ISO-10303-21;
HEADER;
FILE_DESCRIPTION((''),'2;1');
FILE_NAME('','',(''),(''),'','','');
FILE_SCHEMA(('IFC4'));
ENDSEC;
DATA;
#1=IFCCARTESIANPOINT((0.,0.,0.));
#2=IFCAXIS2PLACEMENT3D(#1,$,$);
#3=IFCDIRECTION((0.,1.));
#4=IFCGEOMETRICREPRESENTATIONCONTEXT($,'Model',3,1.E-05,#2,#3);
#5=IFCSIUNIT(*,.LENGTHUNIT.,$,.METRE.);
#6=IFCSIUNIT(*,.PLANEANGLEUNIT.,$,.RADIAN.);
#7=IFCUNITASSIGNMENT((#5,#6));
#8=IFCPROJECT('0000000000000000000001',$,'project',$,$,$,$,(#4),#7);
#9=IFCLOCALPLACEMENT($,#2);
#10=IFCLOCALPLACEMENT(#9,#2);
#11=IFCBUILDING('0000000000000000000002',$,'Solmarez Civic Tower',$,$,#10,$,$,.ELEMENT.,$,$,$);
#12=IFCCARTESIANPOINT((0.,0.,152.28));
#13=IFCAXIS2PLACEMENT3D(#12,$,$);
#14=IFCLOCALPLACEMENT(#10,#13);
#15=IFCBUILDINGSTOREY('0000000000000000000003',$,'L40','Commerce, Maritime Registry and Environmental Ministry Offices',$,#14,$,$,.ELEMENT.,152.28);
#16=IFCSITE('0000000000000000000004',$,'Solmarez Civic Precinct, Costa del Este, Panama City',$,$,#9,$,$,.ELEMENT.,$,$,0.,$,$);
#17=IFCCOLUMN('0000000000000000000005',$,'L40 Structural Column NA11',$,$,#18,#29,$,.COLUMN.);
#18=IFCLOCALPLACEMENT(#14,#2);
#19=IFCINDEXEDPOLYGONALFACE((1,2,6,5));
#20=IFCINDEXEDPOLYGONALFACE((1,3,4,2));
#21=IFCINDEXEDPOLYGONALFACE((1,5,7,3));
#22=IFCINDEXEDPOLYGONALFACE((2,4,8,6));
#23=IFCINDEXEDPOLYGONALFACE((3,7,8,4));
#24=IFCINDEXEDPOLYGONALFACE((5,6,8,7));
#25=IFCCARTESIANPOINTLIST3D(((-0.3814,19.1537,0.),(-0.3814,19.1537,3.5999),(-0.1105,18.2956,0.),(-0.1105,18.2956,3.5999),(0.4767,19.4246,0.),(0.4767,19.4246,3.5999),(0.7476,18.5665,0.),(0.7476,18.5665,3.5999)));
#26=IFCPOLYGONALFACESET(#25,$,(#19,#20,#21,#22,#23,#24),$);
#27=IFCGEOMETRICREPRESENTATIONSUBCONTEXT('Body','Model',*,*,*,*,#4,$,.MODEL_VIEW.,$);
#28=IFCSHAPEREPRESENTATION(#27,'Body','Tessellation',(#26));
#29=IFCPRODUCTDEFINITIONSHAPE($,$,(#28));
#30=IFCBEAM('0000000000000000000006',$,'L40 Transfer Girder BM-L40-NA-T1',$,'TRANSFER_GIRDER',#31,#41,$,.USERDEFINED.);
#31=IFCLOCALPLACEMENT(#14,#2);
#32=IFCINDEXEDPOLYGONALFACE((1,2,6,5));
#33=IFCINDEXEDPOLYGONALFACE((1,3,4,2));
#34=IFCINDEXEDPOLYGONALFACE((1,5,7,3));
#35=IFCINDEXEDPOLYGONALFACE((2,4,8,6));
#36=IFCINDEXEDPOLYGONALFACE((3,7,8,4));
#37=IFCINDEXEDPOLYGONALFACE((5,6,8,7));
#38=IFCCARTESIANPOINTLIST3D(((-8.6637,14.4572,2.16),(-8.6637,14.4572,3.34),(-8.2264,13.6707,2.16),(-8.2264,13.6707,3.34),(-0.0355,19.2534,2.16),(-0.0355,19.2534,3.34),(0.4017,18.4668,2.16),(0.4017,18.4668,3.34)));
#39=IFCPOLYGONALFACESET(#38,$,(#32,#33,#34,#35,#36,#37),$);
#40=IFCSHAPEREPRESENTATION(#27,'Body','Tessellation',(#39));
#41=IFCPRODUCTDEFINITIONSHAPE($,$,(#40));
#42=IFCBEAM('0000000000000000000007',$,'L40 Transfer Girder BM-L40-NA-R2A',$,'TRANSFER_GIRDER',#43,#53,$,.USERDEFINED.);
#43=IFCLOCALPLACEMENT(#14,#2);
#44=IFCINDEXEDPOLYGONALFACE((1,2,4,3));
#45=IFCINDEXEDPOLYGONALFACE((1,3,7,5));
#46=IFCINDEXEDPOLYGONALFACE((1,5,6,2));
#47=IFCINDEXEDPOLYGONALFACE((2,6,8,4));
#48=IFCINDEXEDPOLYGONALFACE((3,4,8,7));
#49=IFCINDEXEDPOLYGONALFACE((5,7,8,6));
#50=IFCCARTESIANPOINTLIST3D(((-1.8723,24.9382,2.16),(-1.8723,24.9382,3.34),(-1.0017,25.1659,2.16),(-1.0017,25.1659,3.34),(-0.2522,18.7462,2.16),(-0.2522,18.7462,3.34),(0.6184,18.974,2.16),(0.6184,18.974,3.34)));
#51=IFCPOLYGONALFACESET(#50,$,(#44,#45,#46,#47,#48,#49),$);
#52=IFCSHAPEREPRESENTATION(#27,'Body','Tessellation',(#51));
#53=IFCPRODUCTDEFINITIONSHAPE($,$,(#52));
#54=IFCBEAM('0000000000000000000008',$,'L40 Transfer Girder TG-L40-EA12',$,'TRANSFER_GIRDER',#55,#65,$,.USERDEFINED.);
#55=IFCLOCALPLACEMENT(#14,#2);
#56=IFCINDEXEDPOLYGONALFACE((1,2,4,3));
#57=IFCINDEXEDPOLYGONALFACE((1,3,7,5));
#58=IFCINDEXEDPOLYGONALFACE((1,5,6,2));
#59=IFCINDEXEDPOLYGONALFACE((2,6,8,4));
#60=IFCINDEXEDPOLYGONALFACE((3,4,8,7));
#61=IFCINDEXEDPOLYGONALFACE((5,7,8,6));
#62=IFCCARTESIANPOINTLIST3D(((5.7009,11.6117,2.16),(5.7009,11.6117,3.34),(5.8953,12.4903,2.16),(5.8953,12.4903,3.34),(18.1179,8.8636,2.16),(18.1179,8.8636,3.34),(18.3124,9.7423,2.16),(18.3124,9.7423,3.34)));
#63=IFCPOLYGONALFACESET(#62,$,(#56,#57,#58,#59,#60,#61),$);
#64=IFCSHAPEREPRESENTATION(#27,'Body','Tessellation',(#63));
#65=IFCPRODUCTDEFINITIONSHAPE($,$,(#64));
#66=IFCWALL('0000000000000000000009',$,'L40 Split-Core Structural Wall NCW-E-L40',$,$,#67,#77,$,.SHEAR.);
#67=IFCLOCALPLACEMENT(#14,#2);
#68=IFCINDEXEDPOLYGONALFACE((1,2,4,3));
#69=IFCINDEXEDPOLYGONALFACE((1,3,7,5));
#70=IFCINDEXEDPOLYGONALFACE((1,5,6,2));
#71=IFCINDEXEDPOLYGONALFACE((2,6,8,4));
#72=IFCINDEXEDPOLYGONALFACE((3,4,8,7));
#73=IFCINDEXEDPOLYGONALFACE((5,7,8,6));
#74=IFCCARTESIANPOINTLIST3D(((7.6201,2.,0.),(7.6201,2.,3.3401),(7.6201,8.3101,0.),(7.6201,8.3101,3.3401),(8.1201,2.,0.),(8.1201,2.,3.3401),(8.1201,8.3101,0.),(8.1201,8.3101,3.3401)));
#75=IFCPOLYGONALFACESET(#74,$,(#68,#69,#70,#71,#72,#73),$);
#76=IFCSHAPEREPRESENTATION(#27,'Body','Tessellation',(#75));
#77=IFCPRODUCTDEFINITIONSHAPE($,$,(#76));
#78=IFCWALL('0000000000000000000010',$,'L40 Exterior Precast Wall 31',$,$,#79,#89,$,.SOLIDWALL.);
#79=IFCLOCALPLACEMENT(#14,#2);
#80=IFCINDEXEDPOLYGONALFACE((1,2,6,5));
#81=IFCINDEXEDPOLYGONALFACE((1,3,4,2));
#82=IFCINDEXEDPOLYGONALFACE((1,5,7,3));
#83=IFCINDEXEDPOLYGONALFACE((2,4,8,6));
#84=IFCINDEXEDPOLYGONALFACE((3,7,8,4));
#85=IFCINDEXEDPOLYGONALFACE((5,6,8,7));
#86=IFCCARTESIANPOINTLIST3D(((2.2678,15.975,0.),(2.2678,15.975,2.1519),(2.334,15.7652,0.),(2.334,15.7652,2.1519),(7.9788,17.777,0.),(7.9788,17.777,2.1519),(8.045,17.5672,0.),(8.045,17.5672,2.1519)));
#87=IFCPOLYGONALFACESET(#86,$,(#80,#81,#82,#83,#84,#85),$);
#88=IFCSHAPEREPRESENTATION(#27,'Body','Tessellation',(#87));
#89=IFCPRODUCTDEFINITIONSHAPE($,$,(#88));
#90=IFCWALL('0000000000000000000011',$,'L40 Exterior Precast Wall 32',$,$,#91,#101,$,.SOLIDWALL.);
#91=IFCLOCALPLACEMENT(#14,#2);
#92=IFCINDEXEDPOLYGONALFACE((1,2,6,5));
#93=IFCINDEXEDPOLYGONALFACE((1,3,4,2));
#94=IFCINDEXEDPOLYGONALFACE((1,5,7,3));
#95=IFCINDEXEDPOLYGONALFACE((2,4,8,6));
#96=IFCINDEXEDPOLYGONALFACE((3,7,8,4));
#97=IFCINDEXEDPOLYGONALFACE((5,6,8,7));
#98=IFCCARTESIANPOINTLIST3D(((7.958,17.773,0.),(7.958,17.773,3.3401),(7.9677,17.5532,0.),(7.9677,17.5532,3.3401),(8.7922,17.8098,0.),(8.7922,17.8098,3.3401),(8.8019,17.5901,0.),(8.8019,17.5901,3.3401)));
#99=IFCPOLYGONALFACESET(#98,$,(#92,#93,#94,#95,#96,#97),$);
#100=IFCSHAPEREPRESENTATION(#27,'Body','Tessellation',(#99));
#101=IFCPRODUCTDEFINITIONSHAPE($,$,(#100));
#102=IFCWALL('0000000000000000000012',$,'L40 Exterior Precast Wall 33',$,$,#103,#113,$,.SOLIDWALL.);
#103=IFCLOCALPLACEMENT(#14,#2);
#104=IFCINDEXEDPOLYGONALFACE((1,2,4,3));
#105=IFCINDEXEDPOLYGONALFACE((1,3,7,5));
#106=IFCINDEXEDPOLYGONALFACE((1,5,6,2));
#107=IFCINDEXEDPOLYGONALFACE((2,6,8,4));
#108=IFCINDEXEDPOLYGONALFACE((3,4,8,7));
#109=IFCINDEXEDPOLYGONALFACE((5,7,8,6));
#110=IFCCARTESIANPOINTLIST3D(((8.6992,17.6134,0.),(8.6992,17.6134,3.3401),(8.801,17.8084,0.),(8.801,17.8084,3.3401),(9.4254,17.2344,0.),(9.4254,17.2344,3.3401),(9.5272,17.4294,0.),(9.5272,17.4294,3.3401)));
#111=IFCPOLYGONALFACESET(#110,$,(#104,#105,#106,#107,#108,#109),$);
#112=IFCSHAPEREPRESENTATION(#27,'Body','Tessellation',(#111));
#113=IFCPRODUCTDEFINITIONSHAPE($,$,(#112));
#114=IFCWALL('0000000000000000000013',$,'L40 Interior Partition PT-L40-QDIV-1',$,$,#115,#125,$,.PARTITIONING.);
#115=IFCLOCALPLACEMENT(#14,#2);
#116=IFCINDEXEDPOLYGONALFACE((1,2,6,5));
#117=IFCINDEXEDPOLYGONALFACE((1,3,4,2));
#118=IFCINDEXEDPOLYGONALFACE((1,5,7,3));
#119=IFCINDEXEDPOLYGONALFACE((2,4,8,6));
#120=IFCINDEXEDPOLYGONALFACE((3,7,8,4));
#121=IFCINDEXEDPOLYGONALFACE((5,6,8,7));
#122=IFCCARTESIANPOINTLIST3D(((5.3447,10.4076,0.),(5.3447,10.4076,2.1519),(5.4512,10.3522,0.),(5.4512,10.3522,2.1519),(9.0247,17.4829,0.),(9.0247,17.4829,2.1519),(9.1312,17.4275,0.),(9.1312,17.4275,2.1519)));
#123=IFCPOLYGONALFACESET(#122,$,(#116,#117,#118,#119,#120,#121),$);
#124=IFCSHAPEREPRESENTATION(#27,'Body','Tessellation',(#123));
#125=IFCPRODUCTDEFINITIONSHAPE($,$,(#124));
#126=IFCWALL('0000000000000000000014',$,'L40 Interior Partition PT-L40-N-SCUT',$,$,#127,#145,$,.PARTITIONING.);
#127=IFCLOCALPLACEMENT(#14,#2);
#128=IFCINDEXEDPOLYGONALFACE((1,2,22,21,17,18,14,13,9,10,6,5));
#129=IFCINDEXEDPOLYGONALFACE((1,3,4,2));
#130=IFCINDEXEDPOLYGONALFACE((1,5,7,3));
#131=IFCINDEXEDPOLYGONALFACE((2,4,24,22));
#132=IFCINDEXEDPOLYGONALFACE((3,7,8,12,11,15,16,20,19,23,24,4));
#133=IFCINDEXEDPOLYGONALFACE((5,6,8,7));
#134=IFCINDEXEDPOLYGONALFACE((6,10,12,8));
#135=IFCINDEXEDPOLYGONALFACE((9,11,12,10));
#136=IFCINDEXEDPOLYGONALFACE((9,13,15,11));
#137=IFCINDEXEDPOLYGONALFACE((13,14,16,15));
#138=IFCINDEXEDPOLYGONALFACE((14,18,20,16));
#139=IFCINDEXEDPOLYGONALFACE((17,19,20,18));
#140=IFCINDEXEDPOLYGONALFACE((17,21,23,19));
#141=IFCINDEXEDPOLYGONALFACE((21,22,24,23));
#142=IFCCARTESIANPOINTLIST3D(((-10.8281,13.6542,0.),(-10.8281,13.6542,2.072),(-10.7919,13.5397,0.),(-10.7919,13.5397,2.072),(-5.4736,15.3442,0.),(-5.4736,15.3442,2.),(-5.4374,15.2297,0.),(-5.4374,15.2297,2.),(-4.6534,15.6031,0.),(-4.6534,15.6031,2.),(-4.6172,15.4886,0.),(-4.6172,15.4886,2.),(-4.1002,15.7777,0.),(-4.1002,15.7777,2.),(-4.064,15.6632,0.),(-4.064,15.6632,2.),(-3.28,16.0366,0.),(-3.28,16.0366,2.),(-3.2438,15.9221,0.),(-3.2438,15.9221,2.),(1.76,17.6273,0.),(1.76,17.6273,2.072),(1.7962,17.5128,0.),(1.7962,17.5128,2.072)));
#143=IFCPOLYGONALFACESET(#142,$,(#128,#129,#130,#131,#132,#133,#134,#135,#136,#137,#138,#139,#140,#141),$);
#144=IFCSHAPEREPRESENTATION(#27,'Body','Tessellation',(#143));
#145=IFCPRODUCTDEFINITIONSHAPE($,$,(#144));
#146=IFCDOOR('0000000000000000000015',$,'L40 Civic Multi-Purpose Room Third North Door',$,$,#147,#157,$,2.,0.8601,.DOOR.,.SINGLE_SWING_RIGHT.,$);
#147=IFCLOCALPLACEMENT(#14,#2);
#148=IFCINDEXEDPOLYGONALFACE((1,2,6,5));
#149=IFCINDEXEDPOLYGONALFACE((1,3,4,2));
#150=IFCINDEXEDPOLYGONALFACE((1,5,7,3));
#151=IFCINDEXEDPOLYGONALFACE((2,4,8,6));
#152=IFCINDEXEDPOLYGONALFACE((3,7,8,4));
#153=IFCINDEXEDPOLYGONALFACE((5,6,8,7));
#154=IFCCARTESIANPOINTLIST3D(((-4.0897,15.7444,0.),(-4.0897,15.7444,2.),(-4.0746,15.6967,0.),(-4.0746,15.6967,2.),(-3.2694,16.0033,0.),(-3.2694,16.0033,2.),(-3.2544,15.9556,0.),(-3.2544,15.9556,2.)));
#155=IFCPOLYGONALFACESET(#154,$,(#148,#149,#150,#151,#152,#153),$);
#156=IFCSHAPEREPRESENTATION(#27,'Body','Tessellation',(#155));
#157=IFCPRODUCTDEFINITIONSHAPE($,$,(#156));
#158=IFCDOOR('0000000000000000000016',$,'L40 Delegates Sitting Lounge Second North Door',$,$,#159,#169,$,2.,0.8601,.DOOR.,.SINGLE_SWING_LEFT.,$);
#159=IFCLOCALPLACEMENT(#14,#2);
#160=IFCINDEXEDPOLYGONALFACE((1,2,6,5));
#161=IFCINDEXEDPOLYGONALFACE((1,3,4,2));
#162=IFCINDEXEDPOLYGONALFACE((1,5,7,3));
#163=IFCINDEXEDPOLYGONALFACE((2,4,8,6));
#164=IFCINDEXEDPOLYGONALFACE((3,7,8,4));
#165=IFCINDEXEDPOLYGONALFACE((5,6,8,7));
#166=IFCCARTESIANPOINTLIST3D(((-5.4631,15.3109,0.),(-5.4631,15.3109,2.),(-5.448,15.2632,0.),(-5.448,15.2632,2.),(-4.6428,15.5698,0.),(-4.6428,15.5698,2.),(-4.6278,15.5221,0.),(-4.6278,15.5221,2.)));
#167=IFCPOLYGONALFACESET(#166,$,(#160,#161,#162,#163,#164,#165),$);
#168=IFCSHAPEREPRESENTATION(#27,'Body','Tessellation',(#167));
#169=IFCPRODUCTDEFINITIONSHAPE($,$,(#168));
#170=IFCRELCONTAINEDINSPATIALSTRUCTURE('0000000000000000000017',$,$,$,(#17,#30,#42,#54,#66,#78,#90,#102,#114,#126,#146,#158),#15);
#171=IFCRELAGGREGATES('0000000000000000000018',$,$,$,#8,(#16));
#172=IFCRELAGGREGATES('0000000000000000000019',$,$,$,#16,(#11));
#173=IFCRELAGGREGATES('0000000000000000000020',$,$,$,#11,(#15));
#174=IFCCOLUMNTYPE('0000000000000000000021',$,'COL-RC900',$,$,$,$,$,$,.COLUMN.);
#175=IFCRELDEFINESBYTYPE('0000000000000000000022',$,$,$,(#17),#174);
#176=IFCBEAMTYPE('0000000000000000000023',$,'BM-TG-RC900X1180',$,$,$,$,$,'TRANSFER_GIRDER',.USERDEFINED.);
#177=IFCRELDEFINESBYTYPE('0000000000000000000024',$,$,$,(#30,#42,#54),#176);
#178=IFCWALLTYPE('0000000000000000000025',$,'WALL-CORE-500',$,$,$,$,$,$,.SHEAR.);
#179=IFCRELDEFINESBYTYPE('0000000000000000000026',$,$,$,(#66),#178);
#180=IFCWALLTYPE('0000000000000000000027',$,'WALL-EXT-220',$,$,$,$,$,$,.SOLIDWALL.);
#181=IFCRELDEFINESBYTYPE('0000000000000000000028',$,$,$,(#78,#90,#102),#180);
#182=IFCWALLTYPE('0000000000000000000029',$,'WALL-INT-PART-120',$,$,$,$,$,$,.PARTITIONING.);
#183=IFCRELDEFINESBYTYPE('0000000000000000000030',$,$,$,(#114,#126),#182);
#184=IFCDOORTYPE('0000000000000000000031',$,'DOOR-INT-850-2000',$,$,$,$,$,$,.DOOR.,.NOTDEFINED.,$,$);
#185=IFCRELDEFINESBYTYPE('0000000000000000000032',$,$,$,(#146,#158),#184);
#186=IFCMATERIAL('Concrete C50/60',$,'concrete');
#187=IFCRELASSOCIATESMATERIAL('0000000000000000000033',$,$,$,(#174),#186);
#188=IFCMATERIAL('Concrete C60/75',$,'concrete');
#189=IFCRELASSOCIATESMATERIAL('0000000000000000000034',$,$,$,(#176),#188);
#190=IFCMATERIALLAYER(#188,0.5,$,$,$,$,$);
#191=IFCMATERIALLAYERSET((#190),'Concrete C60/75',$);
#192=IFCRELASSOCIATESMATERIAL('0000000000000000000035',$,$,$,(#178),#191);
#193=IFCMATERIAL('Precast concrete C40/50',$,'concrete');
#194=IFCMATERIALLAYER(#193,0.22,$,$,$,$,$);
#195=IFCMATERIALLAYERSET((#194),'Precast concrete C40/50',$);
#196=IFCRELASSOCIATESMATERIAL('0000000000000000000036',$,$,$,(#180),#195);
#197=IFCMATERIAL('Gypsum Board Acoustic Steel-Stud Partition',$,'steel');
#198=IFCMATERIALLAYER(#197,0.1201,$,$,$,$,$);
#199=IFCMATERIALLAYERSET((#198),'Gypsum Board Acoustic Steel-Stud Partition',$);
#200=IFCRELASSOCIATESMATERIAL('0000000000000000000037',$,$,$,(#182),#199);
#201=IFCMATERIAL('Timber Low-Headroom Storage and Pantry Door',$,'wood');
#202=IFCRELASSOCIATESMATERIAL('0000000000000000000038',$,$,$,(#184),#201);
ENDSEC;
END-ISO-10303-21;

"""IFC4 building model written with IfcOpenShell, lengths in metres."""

from ifc_helpers import new_model, si_unit, direction, frame, frame_2d, origin, origin_2d, place, context, subcontext, project, spatial, rectangle, extrude, material, layer, layer_set, material_profile, profile_set, type_object, element, fill, save


model = new_model("IFC4")

# Units and contexts
model_context = context("Model", 3, precision=1e-05, world=origin(), true_north=direction((0.0, 1.0)))
body_context = subcontext(model_context, "Body", "Model", "MODEL_VIEW")
ifc_project = project(units=[si_unit("LENGTHUNIT", "METRE"), si_unit("PLANEANGLEUNIT", "RADIAN")], contexts=[model_context])

# Site, building, storey
site_placement = place(None, origin())
site = spatial("IfcSite", under=ifc_project, at=site_placement, Name="Solmarez Civic Precinct, Costa del Este, Panama City", CompositionType="ELEMENT", RefElevation=0.0)
building_placement = place(site_placement, origin())
building = spatial("IfcBuilding", under=site, at=building_placement, Name="Solmarez Civic Tower", CompositionType="ELEMENT")
storey_placement = place(building_placement, frame((0.0, 0.0, 152.28)))
storey = spatial("IfcBuildingStorey", under=building, at=storey_placement, Name="L40", Description="Commerce, Maritime Registry and Environmental Ministry Offices", CompositionType="ELEMENT", Elevation=152.28)

# Column
ifc_material_1 = material(Name="Concrete C50/60", Category="concrete")
ifc_material_profile_1 = material_profile(ifc_material_1, rectangle(XDim=0.8999, YDim=0.8999, at=origin_2d()), Name="RC900X900")
ifc_profile_set_1 = profile_set([ifc_material_profile_1], Name="Concrete C50/60")
column_type = type_object("IfcColumnType", Name="COL-RC900", PredefinedType="COLUMN", material=ifc_profile_set_1)
column_placement = place(storey_placement, frame((0.1831, 18.8601, 0.0), z_axis=(0.0, 0.0, 1.0), x_axis=(0.953612, 0.301039, 0.0)))
element("IfcColumn", 1, at=column_placement, inside=storey, type_object=column_type, Name="L40 Structural Column NA11", PredefinedType="COLUMN", context=body_context, shape_type="SweptSolid", body=[
    extrude(rectangle(XDim=0.8999, YDim=0.8999, at=origin_2d()), origin(), (0.0, 0.0, 1.0), 3.5999),
])

# Beams
ifc_material_2 = material(Name="Concrete C60/75", Category="concrete")
ifc_material_profile_2 = material_profile(ifc_material_2, rectangle(XDim=0.8999, YDim=1.1799, at=origin_2d()), Name="RC900X1180")
ifc_profile_set_2 = profile_set([ifc_material_profile_2], Name="Concrete C60/75")
beam_type = type_object("IfcBeamType", Name="BM-TG-RC900X1180", ElementType="TRANSFER_GIRDER", PredefinedType="USERDEFINED", material=ifc_profile_set_2)
beam_1_placement = place(storey_placement, frame((0.1831, 18.8601, 2.75), z_axis=(-0.874041, -0.485853, 0.0), x_axis=(0.485853, -0.874041, 0.0)))
element("IfcBeam", 2, at=beam_1_placement, inside=storey, type_object=beam_type, Name="L40 Transfer Girder BM-L40-NA-T1", ObjectType="TRANSFER_GIRDER", PredefinedType="USERDEFINED", context=body_context, shape_type="SweptSolid", body=[
    extrude(rectangle(XDim=0.8999, YDim=1.1799, at=origin_2d()), origin(), (0.0, 0.0, 1.0), 9.8716),
])
beam_2_placement = place(storey_placement, frame((0.1831, 18.8601, 2.75), z_axis=(-0.25313, 0.967432, 0.0), x_axis=(-0.967432, -0.25313, 0.0)))
element("IfcBeam", 3, at=beam_2_placement, inside=storey, type_object=beam_type, Name="L40 Transfer Girder BM-L40-NA-R2A", ObjectType="TRANSFER_GIRDER", PredefinedType="USERDEFINED", context=body_context, shape_type="SweptSolid", body=[
    extrude(rectangle(XDim=0.8999, YDim=1.1799, at=origin_2d()), origin(), (0.0, 0.0, 1.0), 6.4004),
])
beam_3_placement = place(storey_placement, frame((5.7981, 12.051, 2.75), z_axis=(0.976375, -0.216085, 0.0), x_axis=(0.216085, 0.976375, 0.0)))
element("IfcBeam", 4, at=beam_3_placement, inside=storey, type_object=beam_type, Name="L40 Transfer Girder TG-L40-EA12", ObjectType="TRANSFER_GIRDER", PredefinedType="USERDEFINED", context=body_context, shape_type="SweptSolid", body=[
    extrude(rectangle(XDim=0.8999, YDim=1.1799, at=origin_2d()), origin(), (0.0, 0.0, 1.0), 12.7175),
])

# Walls
ifc_layer_1 = layer(ifc_material_2, 0.5)
ifc_layer_set_1 = layer_set([ifc_layer_1], Name="Concrete C60/75")
wall_type_1 = type_object("IfcWallType", Name="WALL-CORE-500", PredefinedType="SHEAR", material=ifc_layer_set_1)
wall_1_placement = place(storey_placement, frame((7.8701, 8.3101, 0.0), z_axis=(0.0, 0.0, 1.0), x_axis=(0.0, -1.0, 0.0)))
element("IfcWall", 5, at=wall_1_placement, inside=storey, type_object=wall_type_1, Name="L40 Split-Core Structural Wall NCW-E-L40", PredefinedType="SHEAR", context=body_context, shape_type="SweptSolid", body=[
    extrude(rectangle(XDim=6.3101, YDim=0.5, at=frame_2d((3.155, 0.0))), origin(), (0.0, 0.0, 1.0), 3.3401),
])
ifc_material_3 = material(Name="Precast concrete C40/50", Category="concrete")
ifc_layer_2 = layer(ifc_material_3, 0.22)
ifc_layer_set_2 = layer_set([ifc_layer_2], Name="Precast concrete C40/50")
wall_type_2 = type_object("IfcWallType", Name="WALL-EXT-220", PredefinedType="SOLIDWALL", material=ifc_layer_set_2)
wall_2_placement = place(storey_placement, frame((2.301, 15.8701, 0.0), z_axis=(0.0, 0.0, 1.0), x_axis=(0.953652, 0.300911, 0.0)))
element("IfcWall", 6, at=wall_2_placement, inside=storey, type_object=wall_type_2, Name="L40 Exterior Precast Wall 31", PredefinedType="SOLIDWALL", context=body_context, shape_type="SweptSolid", body=[
    extrude(rectangle(XDim=5.9885, YDim=0.22, at=frame_2d((2.9941, 0.0))), origin(), (0.0, 0.0, 1.0), 2.1519),
])
wall_3_placement = place(storey_placement, frame((7.9629, 17.6631, 0.0), z_axis=(0.0, 0.0, 1.0), x_axis=(0.999025, 0.044148, 0.0)))
element("IfcWall", 7, at=wall_3_placement, inside=storey, type_object=wall_type_2, Name="L40 Exterior Precast Wall 32", PredefinedType="SOLIDWALL", context=body_context, shape_type="SweptSolid", body=[
    extrude(rectangle(XDim=0.835, YDim=0.22, at=frame_2d((0.4175, 0.0))), origin(), (0.0, 0.0, 1.0), 3.3401),
])
wall_4_placement = place(storey_placement, frame((8.75, 17.7109, 0.0), z_axis=(0.0, 0.0, 1.0), x_axis=(0.886542, -0.462648, 0.0)))
element("IfcWall", 8, at=wall_4_placement, inside=storey, type_object=wall_type_2, Name="L40 Exterior Precast Wall 33", PredefinedType="SOLIDWALL", context=body_context, shape_type="SweptSolid", body=[
    extrude(rectangle(XDim=0.8191, YDim=0.22, at=frame_2d((0.4097, 0.0))), origin(), (0.0, 0.0, 1.0), 3.3401),
])
ifc_material_4 = material(Name="Gypsum Board Acoustic Steel-Stud Partition", Category="steel")
ifc_layer_3 = layer(ifc_material_4, 0.1201)
ifc_layer_set_3 = layer_set([ifc_layer_3], Name="Gypsum Board Acoustic Steel-Stud Partition")
wall_type_3 = type_object("IfcWallType", Name="WALL-INT-PART-120", PredefinedType="PARTITIONING", material=ifc_layer_set_3)
wall_5_placement = place(storey_placement, frame((5.3979, 10.3799, 0.0), z_axis=(0.0, 0.0, 1.0), x_axis=(0.461435, 0.887174, 0.0)))
element("IfcWall", 9, at=wall_5_placement, inside=storey, type_object=wall_type_3, Name="L40 Interior Partition PT-L40-QDIV-1", PredefinedType="PARTITIONING", context=body_context, shape_type="SweptSolid", body=[
    extrude(rectangle(XDim=7.9751, YDim=0.1201, at=frame_2d((3.9875, 0.0))), origin(), (0.0, 0.0, 1.0), 2.1519),
])

# Wall, openings, doors
wall_6_placement = place(storey_placement, frame((1.7781, 17.5701, 0.0), z_axis=(0.0, 0.0, 1.0), x_axis=(-0.953627, -0.30099, 0.0)))
wall_6 = element("IfcWall", 10, at=wall_6_placement, inside=storey, type_object=wall_type_3, Name="L40 Interior Partition PT-L40-N-SCUT", PredefinedType="PARTITIONING", context=body_context, shape_type="SweptSolid", body=[
    extrude(rectangle(XDim=13.2002, YDim=0.1201, at=frame_2d((6.6001, 0.0))), origin(), (0.0, 0.0, 1.0), 2.072),
])
opening_1_placement = place(wall_6_placement, frame((5.2849, 0.0, 0.0)))
opening_1 = element("IfcOpeningElement", 11, at=opening_1_placement, cuts=wall_6, PredefinedType="OPENING", context=body_context, shape_type="SweptSolid", body=[
    extrude(rectangle(XDim=0.8601, YDim=2.0, at=frame_2d((0.4302, 1.0))), frame((0.0, 0.0701, 0.0), z_axis=(0.0, -1.0, 0.0), x_axis=(1.0, 0.0, 0.0)), (0.0, 0.0, 1.0), 0.1401),
])
opening_2_placement = place(wall_6_placement, frame((6.7251, 0.0, 0.0)))
opening_2 = element("IfcOpeningElement", 12, at=opening_2_placement, cuts=wall_6, PredefinedType="OPENING", context=body_context, shape_type="SweptSolid", body=[
    extrude(rectangle(XDim=0.8601, YDim=2.0, at=frame_2d((0.4302, 1.0))), frame((0.0, 0.0701, 0.0), z_axis=(0.0, -1.0, 0.0), x_axis=(1.0, 0.0, 0.0)), (0.0, 0.0, 1.0), 0.1401),
])
ifc_material_5 = material(Name="Timber Low-Headroom Storage and Pantry Door", Category="wood")
door_type_1 = type_object("IfcDoorType", Name="DOOR-INT-850-2000", OperationType="NOTDEFINED", PredefinedType="DOOR", material=ifc_material_5)
door_1_placement = place(opening_1_placement, origin())
door_1 = element("IfcDoor", 13, at=door_1_placement, inside=storey, type_object=door_type_1, Name="L40 Civic Multi-Purpose Room Third North Door", OperationType="SINGLE_SWING_RIGHT", OverallHeight=2.0, OverallWidth=0.8601, PredefinedType="DOOR", context=body_context, shape_type="SweptSolid", body=[
    extrude(rectangle(XDim=0.8601, YDim=2.0, at=frame_2d((0.4302, 1.0))), frame((0.0, 0.0249, 0.0), z_axis=(0.0, -1.0, 0.0), x_axis=(1.0, 0.0, 0.0)), (0.0, 0.0, 1.0), 0.05),
])
fill(opening_1, door_1)
door_2_placement = place(opening_2_placement, origin())
door_2 = element("IfcDoor", 14, at=door_2_placement, inside=storey, type_object=door_type_1, Name="L40 Delegates Sitting Lounge Second North Door", OperationType="SINGLE_SWING_LEFT", OverallHeight=2.0, OverallWidth=0.8601, PredefinedType="DOOR", context=body_context, shape_type="SweptSolid", body=[
    extrude(rectangle(XDim=0.8601, YDim=2.0, at=frame_2d((0.4302, 1.0))), frame((0.0, 0.0249, 0.0), z_axis=(0.0, -1.0, 0.0), x_axis=(1.0, 0.0, 0.0)), (0.0, 0.0, 1.0), 0.05),
])
fill(opening_2, door_2)

save(model, "model.ifc")
